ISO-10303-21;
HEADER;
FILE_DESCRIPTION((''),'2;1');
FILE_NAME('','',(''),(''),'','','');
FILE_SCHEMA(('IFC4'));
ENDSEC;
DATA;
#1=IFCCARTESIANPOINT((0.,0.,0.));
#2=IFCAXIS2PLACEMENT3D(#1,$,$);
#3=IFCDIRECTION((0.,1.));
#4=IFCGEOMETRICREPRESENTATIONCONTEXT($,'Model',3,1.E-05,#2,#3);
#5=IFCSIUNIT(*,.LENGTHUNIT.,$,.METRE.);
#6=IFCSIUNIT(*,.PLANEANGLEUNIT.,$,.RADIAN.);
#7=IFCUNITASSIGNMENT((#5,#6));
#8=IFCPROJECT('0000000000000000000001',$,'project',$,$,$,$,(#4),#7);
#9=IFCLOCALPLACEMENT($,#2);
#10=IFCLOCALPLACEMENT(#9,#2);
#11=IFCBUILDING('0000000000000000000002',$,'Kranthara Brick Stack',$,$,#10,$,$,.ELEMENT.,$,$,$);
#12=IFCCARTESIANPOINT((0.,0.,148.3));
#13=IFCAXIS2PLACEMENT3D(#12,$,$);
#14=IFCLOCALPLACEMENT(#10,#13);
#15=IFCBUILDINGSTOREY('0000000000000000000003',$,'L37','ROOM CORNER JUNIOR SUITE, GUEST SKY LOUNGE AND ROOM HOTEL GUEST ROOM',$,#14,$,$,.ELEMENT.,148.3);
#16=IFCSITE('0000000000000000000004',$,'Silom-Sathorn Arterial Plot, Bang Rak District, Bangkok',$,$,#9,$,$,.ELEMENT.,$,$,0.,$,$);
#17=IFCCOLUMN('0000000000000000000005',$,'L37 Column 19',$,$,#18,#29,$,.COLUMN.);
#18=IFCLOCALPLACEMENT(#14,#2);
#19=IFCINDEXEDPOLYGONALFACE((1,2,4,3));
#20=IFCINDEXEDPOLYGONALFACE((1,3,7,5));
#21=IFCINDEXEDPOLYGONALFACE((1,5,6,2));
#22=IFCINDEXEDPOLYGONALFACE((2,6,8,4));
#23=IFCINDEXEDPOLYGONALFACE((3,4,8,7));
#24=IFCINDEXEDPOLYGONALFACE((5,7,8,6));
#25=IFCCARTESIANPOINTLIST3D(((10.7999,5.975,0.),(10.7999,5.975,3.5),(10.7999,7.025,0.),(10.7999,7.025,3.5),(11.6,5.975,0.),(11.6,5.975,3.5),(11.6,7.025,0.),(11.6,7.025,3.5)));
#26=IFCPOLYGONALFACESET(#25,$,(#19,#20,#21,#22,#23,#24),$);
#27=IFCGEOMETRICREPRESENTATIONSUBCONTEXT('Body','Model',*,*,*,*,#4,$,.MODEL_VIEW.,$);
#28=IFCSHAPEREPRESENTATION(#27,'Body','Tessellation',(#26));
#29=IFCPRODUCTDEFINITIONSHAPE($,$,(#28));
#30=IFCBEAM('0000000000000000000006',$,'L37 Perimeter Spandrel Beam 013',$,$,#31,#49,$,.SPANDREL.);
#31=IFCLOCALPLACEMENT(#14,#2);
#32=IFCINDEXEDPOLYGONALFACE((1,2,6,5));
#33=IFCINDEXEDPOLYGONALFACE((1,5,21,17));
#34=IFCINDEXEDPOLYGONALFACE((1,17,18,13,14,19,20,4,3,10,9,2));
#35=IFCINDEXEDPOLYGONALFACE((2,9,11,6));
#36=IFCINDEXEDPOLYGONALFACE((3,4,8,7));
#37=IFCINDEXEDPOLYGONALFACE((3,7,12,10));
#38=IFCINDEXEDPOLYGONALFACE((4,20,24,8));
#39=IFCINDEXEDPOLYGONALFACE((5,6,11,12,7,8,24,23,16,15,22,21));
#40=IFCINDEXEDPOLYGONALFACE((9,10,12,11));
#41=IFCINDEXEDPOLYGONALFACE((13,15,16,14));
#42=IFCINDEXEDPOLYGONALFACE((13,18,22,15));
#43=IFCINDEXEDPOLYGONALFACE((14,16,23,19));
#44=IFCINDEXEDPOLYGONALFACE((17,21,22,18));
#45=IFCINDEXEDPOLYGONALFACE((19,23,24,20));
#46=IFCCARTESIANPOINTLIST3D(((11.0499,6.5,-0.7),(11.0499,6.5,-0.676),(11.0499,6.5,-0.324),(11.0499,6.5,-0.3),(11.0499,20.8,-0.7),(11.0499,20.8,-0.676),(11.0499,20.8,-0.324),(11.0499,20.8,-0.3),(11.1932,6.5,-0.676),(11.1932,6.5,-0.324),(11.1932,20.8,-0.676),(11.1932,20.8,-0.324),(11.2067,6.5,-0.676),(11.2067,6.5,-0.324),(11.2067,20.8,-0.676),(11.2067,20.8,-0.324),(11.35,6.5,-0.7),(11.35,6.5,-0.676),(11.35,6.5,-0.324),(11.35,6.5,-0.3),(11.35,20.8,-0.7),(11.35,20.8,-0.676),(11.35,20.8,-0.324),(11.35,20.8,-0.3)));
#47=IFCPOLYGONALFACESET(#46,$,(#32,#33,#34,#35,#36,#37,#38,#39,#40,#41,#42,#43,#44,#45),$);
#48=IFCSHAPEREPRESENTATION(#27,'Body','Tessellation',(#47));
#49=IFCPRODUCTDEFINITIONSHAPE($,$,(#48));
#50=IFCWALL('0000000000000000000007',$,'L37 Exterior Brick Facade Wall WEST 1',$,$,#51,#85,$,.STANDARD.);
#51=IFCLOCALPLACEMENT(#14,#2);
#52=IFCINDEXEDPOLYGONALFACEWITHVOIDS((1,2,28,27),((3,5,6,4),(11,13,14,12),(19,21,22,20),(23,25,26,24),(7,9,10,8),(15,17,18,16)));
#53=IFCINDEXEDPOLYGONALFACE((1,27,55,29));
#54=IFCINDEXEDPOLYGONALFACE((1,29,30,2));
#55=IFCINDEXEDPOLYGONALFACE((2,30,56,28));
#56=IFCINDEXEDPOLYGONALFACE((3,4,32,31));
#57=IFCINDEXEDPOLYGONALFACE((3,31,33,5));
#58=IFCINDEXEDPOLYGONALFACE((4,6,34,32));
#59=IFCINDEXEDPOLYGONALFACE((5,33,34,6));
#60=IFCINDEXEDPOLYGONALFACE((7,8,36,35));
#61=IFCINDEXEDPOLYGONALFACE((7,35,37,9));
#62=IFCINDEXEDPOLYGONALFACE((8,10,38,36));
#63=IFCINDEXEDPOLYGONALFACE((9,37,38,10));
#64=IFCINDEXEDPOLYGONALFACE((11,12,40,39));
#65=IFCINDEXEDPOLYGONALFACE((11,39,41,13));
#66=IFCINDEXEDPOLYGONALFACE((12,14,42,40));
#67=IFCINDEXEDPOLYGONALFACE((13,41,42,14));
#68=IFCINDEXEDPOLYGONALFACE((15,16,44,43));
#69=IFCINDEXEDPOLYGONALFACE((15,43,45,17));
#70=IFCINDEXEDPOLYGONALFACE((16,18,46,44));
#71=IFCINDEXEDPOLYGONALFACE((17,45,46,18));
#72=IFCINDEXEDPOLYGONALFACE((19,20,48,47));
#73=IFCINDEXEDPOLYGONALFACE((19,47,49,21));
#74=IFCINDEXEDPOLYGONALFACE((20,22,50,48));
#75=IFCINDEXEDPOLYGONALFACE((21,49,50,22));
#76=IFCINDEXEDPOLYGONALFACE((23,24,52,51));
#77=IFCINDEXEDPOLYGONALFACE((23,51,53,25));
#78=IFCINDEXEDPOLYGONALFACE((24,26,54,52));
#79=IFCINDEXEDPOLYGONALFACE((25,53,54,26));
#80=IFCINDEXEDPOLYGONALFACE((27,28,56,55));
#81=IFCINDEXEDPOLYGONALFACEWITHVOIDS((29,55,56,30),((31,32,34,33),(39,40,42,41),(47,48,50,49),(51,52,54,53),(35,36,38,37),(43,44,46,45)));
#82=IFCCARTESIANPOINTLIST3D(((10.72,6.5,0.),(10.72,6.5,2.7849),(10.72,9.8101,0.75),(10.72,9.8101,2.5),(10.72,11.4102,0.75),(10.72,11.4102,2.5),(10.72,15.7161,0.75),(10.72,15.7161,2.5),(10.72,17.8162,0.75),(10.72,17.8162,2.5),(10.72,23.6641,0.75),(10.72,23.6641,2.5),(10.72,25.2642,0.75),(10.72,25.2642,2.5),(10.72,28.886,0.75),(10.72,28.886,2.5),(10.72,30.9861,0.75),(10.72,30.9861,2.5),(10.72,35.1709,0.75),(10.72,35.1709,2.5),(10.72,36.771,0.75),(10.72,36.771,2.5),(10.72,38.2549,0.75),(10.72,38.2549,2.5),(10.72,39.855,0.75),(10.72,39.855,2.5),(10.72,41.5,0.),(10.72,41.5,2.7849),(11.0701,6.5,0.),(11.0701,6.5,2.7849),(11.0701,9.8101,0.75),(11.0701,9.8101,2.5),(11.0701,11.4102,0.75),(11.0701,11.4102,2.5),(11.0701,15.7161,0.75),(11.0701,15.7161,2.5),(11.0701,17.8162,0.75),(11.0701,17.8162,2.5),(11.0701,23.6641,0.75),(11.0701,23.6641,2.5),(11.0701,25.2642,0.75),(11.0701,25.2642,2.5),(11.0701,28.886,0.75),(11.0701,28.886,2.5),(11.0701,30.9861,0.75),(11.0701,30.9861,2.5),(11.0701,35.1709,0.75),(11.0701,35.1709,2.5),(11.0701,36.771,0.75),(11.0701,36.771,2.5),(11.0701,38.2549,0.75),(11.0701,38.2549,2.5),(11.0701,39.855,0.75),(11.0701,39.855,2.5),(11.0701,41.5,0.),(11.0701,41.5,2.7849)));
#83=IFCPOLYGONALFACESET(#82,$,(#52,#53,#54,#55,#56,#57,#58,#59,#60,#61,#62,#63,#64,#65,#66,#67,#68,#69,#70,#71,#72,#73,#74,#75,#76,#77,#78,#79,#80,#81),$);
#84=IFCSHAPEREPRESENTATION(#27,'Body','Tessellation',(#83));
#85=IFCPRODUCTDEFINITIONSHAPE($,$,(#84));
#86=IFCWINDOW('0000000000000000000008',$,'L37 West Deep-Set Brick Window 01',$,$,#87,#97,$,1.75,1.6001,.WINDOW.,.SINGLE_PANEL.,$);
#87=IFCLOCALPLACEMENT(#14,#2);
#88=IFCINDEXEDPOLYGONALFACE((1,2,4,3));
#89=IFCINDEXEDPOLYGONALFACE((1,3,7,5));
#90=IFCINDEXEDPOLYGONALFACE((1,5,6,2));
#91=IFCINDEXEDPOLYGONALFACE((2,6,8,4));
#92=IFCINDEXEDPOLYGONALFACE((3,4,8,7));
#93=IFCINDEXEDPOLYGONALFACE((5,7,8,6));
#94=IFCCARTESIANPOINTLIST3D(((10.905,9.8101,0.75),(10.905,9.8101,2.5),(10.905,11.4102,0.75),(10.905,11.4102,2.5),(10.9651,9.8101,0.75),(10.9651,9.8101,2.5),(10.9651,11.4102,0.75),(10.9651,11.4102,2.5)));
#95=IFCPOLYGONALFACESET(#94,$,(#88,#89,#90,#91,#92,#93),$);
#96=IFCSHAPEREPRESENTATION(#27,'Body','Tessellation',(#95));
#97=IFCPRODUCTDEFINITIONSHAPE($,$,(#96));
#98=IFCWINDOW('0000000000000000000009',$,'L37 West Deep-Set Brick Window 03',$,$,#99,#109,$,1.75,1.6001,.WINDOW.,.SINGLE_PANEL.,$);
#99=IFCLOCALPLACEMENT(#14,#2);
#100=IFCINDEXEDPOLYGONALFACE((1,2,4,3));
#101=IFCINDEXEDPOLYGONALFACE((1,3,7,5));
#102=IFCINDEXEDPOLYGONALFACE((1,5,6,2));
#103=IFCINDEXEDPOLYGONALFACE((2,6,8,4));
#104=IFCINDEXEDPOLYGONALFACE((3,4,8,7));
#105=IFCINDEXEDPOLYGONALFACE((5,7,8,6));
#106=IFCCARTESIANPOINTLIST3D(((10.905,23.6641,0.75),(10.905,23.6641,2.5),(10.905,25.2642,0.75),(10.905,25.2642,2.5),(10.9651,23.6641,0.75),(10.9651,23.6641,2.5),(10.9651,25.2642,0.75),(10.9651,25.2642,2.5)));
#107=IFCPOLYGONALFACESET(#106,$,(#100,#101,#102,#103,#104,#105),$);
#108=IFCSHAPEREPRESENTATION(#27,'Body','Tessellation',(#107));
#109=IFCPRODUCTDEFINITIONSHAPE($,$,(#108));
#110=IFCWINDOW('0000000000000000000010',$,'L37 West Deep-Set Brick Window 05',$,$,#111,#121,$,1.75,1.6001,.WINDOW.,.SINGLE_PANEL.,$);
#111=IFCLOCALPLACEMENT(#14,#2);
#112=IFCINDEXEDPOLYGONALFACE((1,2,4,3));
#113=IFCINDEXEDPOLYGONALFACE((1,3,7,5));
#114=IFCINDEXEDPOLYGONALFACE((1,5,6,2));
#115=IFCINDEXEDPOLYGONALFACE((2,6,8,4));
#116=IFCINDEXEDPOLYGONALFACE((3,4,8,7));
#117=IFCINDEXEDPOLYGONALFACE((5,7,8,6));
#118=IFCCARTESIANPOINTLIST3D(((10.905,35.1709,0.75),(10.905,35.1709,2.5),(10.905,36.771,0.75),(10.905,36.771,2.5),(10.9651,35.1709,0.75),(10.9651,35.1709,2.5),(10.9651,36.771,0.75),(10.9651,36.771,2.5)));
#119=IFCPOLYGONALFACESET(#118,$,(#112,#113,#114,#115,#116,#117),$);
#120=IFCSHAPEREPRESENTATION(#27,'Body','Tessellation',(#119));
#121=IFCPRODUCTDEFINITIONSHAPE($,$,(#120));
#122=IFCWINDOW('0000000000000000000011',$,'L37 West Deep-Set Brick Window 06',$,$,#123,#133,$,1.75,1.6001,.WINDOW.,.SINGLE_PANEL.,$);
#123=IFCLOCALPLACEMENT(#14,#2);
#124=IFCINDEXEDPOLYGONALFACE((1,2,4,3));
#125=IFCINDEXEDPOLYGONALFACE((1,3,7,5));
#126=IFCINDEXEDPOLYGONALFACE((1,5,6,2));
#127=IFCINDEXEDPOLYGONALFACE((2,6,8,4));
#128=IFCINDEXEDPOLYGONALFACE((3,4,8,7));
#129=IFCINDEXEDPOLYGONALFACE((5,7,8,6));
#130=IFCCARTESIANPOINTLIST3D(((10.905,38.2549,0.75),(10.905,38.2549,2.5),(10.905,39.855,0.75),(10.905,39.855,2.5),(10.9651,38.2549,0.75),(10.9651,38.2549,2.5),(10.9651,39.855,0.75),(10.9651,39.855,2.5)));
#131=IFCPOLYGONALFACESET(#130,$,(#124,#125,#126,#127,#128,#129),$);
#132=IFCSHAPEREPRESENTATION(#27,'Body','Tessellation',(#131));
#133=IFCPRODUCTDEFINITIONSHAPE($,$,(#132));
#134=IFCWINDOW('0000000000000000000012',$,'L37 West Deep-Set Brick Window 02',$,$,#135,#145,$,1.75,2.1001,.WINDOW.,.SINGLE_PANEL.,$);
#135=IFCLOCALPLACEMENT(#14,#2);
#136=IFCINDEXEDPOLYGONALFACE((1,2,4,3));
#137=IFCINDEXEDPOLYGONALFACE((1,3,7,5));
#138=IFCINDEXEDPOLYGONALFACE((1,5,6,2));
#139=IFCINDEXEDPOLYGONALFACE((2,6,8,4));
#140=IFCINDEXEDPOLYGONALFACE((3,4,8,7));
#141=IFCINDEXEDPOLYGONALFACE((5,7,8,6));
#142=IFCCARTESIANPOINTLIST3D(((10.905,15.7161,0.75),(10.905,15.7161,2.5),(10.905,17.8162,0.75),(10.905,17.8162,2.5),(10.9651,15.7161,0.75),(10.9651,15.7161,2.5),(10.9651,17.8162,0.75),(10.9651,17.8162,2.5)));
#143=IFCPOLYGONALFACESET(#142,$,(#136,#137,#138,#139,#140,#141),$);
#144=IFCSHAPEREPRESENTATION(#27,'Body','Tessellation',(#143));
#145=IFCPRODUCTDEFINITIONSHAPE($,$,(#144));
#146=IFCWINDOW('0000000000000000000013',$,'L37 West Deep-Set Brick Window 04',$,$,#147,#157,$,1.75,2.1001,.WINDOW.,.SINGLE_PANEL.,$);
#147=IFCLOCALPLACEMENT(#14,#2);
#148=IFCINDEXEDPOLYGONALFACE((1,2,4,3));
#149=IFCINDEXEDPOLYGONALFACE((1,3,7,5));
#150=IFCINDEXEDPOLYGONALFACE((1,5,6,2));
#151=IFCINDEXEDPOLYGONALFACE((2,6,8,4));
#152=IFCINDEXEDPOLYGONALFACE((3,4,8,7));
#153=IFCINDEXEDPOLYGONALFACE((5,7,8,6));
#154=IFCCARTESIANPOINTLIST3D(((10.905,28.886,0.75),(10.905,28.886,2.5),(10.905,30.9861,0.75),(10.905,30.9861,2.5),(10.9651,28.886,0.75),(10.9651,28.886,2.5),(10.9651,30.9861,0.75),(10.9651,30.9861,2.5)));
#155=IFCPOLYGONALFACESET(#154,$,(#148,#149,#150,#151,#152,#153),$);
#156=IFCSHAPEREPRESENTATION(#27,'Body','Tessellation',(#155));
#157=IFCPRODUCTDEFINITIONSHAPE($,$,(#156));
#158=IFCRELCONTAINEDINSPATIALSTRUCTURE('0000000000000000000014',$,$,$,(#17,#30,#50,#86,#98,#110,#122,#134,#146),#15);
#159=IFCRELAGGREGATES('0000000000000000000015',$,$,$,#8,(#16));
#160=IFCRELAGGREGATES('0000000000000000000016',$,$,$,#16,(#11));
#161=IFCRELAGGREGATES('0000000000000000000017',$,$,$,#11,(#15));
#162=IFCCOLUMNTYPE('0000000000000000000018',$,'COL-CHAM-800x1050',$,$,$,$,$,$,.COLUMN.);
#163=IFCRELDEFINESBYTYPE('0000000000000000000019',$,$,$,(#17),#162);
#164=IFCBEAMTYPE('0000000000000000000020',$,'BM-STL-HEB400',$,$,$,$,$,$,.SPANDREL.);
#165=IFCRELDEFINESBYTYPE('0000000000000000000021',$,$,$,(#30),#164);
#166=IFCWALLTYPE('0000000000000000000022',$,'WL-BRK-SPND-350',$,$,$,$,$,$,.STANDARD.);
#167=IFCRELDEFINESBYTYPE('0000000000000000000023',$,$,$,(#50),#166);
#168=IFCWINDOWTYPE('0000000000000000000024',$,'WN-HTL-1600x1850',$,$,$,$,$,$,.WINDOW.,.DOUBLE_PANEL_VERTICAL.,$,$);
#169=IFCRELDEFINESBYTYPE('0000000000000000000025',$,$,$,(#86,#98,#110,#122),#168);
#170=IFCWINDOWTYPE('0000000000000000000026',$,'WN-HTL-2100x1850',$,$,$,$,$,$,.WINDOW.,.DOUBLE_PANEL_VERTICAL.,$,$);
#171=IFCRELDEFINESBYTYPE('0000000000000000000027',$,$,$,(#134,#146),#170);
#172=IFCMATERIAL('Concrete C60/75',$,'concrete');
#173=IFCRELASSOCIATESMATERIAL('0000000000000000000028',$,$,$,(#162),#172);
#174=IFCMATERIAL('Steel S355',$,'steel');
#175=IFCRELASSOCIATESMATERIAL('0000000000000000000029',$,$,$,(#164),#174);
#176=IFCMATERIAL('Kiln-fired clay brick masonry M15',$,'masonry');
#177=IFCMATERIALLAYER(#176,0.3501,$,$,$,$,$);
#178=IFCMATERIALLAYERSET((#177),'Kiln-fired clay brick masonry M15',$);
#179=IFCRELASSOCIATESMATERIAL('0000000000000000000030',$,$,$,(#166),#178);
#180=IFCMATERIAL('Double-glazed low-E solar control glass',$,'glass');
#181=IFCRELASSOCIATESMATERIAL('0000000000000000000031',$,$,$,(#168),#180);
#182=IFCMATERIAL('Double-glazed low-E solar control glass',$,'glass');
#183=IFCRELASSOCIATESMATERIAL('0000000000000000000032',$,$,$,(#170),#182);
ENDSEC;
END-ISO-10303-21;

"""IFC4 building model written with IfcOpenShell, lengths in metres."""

from ifc_helpers import new_model, si_unit, direction, frame, frame_2d, origin, origin_2d, place, context, subcontext, project, spatial, rectangle, i_section, extrude, material, layer, layer_set, material_profile, profile_set, type_object, element, fill, save


model = new_model("IFC4")

# Units and contexts
model_context = context("Model", 3, precision=1e-05, world=origin(), true_north=direction((0.0, 1.0)))
body_context = subcontext(model_context, "Body", "Model", "MODEL_VIEW")
ifc_project = project(units=[si_unit("LENGTHUNIT", "METRE"), si_unit("PLANEANGLEUNIT", "RADIAN")], contexts=[model_context])

# Site, building, storey
site_placement = place(None, origin())
site = spatial("IfcSite", under=ifc_project, at=site_placement, Name="Silom-Sathorn Arterial Plot, Bang Rak District, Bangkok", CompositionType="ELEMENT", RefElevation=0.0)
building_placement = place(site_placement, origin())
building = spatial("IfcBuilding", under=site, at=building_placement, Name="Kranthara Brick Stack", CompositionType="ELEMENT")
storey_placement = place(building_placement, frame((0.0, 0.0, 148.3)))
storey = spatial("IfcBuildingStorey", under=building, at=storey_placement, Name="L37", Description="ROOM CORNER JUNIOR SUITE, GUEST SKY LOUNGE AND ROOM HOTEL GUEST ROOM", CompositionType="ELEMENT", Elevation=148.3)

# Column
ifc_material_1 = material(Name="Concrete C60/75", Category="concrete")
ifc_material_profile_1 = material_profile(ifc_material_1, rectangle(XDim=0.8, YDim=1.05, at=origin_2d()), Name="RC 800x1050")
ifc_profile_set_1 = profile_set([ifc_material_profile_1], Name="Concrete C60/75")
column_type = type_object("IfcColumnType", Name="COL-CHAM-800x1050", PredefinedType="COLUMN", material=ifc_profile_set_1)
column_placement = place(storey_placement, frame((11.2, 6.5, 0.0), z_axis=(0.0, 0.0, 1.0), x_axis=(1.0, 0.0, 0.0)))
element("IfcColumn", 1, at=column_placement, inside=storey, type_object=column_type, Name="L37 Column 19", PredefinedType="COLUMN", context=body_context, shape_type="SweptSolid", body=[
    extrude(rectangle(XDim=0.8, YDim=1.05, at=origin_2d()), origin(), (0.0, 0.0, 1.0), 3.5),
])

# Beam
ifc_material_2 = material(Name="Steel S355", Category="steel")
ifc_material_profile_2 = material_profile(ifc_material_2, i_section(OverallWidth=0.3, OverallDepth=0.3999, WebThickness=0.0134, FlangeThickness=0.0239, at=origin_2d()), Name="HEB 400")
ifc_profile_set_2 = profile_set([ifc_material_profile_2], Name="Steel S355")
beam_type = type_object("IfcBeamType", Name="BM-STL-HEB400", PredefinedType="SPANDREL", material=ifc_profile_set_2)
beam_placement = place(storey_placement, frame((11.2, 6.5, -0.5), z_axis=(0.0, 1.0, 0.0), x_axis=(-1.0, 0.0, 0.0)))
element("IfcBeam", 2, at=beam_placement, inside=storey, type_object=beam_type, Name="L37 Perimeter Spandrel Beam 013", PredefinedType="SPANDREL", context=body_context, shape_type="SweptSolid", body=[
    extrude(i_section(OverallWidth=0.3, OverallDepth=0.3999, WebThickness=0.0134, FlangeThickness=0.0239, at=origin_2d()), origin(), (0.0, 0.0, 1.0), 14.3),
])

# Wall, openings, windows
ifc_material_3 = material(Name="Kiln-fired clay brick masonry M15", Category="masonry")
ifc_layer_1 = layer(ifc_material_3, 0.3501)
ifc_layer_set_1 = layer_set([ifc_layer_1], Name="Kiln-fired clay brick masonry M15")
wall_type = type_object("IfcWallType", Name="WL-BRK-SPND-350", PredefinedType="STANDARD", material=ifc_layer_set_1)
wall_placement = place(storey_placement, frame((10.895, 6.5, 0.0), z_axis=(0.0, 0.0, 1.0), x_axis=(0.0, 1.0, 0.0)))
wall = element("IfcWall", 3, at=wall_placement, inside=storey, type_object=wall_type, Name="L37 Exterior Brick Facade Wall WEST 1", PredefinedType="STANDARD", context=body_context, shape_type="SweptSolid", body=[
    extrude(rectangle(XDim=35.0, YDim=0.3501, at=frame_2d((17.5, 0.0))), origin(), (0.0, 0.0, 1.0), 2.7849),
])
opening_1_placement = place(wall_placement, frame((3.3101, 0.0, 0.75)))
opening_1 = element("IfcOpeningElement", 4, at=opening_1_placement, cuts=wall, PredefinedType="OPENING", context=body_context, shape_type="SweptSolid", body=[
    extrude(rectangle(XDim=1.6001, YDim=1.75, at=frame_2d((0.8, 0.875))), frame((0.0, 0.1851, 0.0), z_axis=(0.0, -1.0, 0.0), x_axis=(1.0, 0.0, 0.0)), (0.0, 0.0, 1.0), 0.3701),
])
opening_2_placement = place(wall_placement, frame((9.2161, 0.0, 0.75)))
opening_2 = element("IfcOpeningElement", 5, at=opening_2_placement, cuts=wall, PredefinedType="OPENING", context=body_context, shape_type="SweptSolid", body=[
    extrude(rectangle(XDim=2.1001, YDim=1.75, at=frame_2d((1.05, 0.875))), frame((0.0, 0.1851, 0.0), z_axis=(0.0, -1.0, 0.0), x_axis=(1.0, 0.0, 0.0)), (0.0, 0.0, 1.0), 0.3701),
])
opening_3_placement = place(wall_placement, frame((17.1641, 0.0, 0.75)))
opening_3 = element("IfcOpeningElement", 6, at=opening_3_placement, cuts=wall, PredefinedType="OPENING", context=body_context, shape_type="SweptSolid", body=[
    extrude(rectangle(XDim=1.6001, YDim=1.75, at=frame_2d((0.8, 0.875))), frame((0.0, 0.1851, 0.0), z_axis=(0.0, -1.0, 0.0), x_axis=(1.0, 0.0, 0.0)), (0.0, 0.0, 1.0), 0.3701),
])
opening_4_placement = place(wall_placement, frame((22.386, 0.0, 0.75)))
opening_4 = element("IfcOpeningElement", 7, at=opening_4_placement, cuts=wall, PredefinedType="OPENING", context=body_context, shape_type="SweptSolid", body=[
    extrude(rectangle(XDim=2.1001, YDim=1.75, at=frame_2d((1.05, 0.875))), frame((0.0, 0.1851, 0.0), z_axis=(0.0, -1.0, 0.0), x_axis=(1.0, 0.0, 0.0)), (0.0, 0.0, 1.0), 0.3701),
])
opening_5_placement = place(wall_placement, frame((28.6709, 0.0, 0.75)))
opening_5 = element("IfcOpeningElement", 8, at=opening_5_placement, cuts=wall, PredefinedType="OPENING", context=body_context, shape_type="SweptSolid", body=[
    extrude(rectangle(XDim=1.6001, YDim=1.75, at=frame_2d((0.8, 0.875))), frame((0.0, 0.1851, 0.0), z_axis=(0.0, -1.0, 0.0), x_axis=(1.0, 0.0, 0.0)), (0.0, 0.0, 1.0), 0.3701),
])
opening_6_placement = place(wall_placement, frame((31.7549, 0.0, 0.75)))
opening_6 = element("IfcOpeningElement", 9, at=opening_6_placement, cuts=wall, PredefinedType="OPENING", context=body_context, shape_type="SweptSolid", body=[
    extrude(rectangle(XDim=1.6001, YDim=1.75, at=frame_2d((0.8, 0.875))), frame((0.0, 0.1851, 0.0), z_axis=(0.0, -1.0, 0.0), x_axis=(1.0, 0.0, 0.0)), (0.0, 0.0, 1.0), 0.3701),
])
ifc_material_4 = material(Name="Double-glazed low-E solar control glass", Category="glass")
window_type_1 = type_object("IfcWindowType", Name="WN-HTL-1600x1850", PartitioningType="DOUBLE_PANEL_VERTICAL", PredefinedType="WINDOW", material=ifc_material_4)
window_1_placement = place(opening_1_placement, origin())
window_1 = element("IfcWindow", 10, at=window_1_placement, inside=storey, type_object=window_type_1, Name="L37 West Deep-Set Brick Window 01", OverallHeight=1.75, OverallWidth=1.6001, PartitioningType="SINGLE_PANEL", PredefinedType="WINDOW", context=body_context, shape_type="SweptSolid", body=[
    extrude(rectangle(XDim=1.6001, YDim=1.75, at=frame_2d((0.8, 0.875))), frame((0.0, -0.01, 0.0), z_axis=(0.0, -1.0, 0.0), x_axis=(1.0, 0.0, 0.0)), (0.0, 0.0, 1.0), 0.0601),
])
fill(opening_1, window_1)
window_2_placement = place(opening_3_placement, origin())
window_2 = element("IfcWindow", 11, at=window_2_placement, inside=storey, type_object=window_type_1, Name="L37 West Deep-Set Brick Window 03", OverallHeight=1.75, OverallWidth=1.6001, PartitioningType="SINGLE_PANEL", PredefinedType="WINDOW", context=body_context, shape_type="SweptSolid", body=[
    extrude(rectangle(XDim=1.6001, YDim=1.75, at=frame_2d((0.8, 0.875))), frame((0.0, -0.01, 0.0), z_axis=(0.0, -1.0, 0.0), x_axis=(1.0, 0.0, 0.0)), (0.0, 0.0, 1.0), 0.0601),
])
fill(opening_3, window_2)
window_3_placement = place(opening_5_placement, origin())
window_3 = element("IfcWindow", 12, at=window_3_placement, inside=storey, type_object=window_type_1, Name="L37 West Deep-Set Brick Window 05", OverallHeight=1.75, OverallWidth=1.6001, PartitioningType="SINGLE_PANEL", PredefinedType="WINDOW", context=body_context, shape_type="SweptSolid", body=[
    extrude(rectangle(XDim=1.6001, YDim=1.75, at=frame_2d((0.8, 0.875))), frame((0.0, -0.01, 0.0), z_axis=(0.0, -1.0, 0.0), x_axis=(1.0, 0.0, 0.0)), (0.0, 0.0, 1.0), 0.0601),
])
fill(opening_5, window_3)
window_4_placement = place(opening_6_placement, origin())
window_4 = element("IfcWindow", 13, at=window_4_placement, inside=storey, type_object=window_type_1, Name="L37 West Deep-Set Brick Window 06", OverallHeight=1.75, OverallWidth=1.6001, PartitioningType="SINGLE_PANEL", PredefinedType="WINDOW", context=body_context, shape_type="SweptSolid", body=[
    extrude(rectangle(XDim=1.6001, YDim=1.75, at=frame_2d((0.8, 0.875))), frame((0.0, -0.01, 0.0), z_axis=(0.0, -1.0, 0.0), x_axis=(1.0, 0.0, 0.0)), (0.0, 0.0, 1.0), 0.0601),
])
fill(opening_6, window_4)
ifc_material_5 = material(Name="Double-glazed low-E solar control glass", Category="glass")
window_type_2 = type_object("IfcWindowType", Name="WN-HTL-2100x1850", PartitioningType="DOUBLE_PANEL_VERTICAL", PredefinedType="WINDOW", material=ifc_material_5)
window_5_placement = place(opening_2_placement, origin())
window_5 = element("IfcWindow", 14, at=window_5_placement, inside=storey, type_object=window_type_2, Name="L37 West Deep-Set Brick Window 02", OverallHeight=1.75, OverallWidth=2.1001, PartitioningType="SINGLE_PANEL", PredefinedType="WINDOW", context=body_context, shape_type="SweptSolid", body=[
    extrude(rectangle(XDim=2.1001, YDim=1.75, at=frame_2d((1.05, 0.875))), frame((0.0, -0.01, 0.0), z_axis=(0.0, -1.0, 0.0), x_axis=(1.0, 0.0, 0.0)), (0.0, 0.0, 1.0), 0.0601),
])
fill(opening_2, window_5)
window_6_placement = place(opening_4_placement, origin())
window_6 = element("IfcWindow", 15, at=window_6_placement, inside=storey, type_object=window_type_2, Name="L37 West Deep-Set Brick Window 04", OverallHeight=1.75, OverallWidth=2.1001, PartitioningType="SINGLE_PANEL", PredefinedType="WINDOW", context=body_context, shape_type="SweptSolid", body=[
    extrude(rectangle(XDim=2.1001, YDim=1.75, at=frame_2d((1.05, 0.875))), frame((0.0, -0.01, 0.0), z_axis=(0.0, -1.0, 0.0), x_axis=(1.0, 0.0, 0.0)), (0.0, 0.0, 1.0), 0.0601),
])
fill(opening_4, window_6)

save(model, "model.ifc")
